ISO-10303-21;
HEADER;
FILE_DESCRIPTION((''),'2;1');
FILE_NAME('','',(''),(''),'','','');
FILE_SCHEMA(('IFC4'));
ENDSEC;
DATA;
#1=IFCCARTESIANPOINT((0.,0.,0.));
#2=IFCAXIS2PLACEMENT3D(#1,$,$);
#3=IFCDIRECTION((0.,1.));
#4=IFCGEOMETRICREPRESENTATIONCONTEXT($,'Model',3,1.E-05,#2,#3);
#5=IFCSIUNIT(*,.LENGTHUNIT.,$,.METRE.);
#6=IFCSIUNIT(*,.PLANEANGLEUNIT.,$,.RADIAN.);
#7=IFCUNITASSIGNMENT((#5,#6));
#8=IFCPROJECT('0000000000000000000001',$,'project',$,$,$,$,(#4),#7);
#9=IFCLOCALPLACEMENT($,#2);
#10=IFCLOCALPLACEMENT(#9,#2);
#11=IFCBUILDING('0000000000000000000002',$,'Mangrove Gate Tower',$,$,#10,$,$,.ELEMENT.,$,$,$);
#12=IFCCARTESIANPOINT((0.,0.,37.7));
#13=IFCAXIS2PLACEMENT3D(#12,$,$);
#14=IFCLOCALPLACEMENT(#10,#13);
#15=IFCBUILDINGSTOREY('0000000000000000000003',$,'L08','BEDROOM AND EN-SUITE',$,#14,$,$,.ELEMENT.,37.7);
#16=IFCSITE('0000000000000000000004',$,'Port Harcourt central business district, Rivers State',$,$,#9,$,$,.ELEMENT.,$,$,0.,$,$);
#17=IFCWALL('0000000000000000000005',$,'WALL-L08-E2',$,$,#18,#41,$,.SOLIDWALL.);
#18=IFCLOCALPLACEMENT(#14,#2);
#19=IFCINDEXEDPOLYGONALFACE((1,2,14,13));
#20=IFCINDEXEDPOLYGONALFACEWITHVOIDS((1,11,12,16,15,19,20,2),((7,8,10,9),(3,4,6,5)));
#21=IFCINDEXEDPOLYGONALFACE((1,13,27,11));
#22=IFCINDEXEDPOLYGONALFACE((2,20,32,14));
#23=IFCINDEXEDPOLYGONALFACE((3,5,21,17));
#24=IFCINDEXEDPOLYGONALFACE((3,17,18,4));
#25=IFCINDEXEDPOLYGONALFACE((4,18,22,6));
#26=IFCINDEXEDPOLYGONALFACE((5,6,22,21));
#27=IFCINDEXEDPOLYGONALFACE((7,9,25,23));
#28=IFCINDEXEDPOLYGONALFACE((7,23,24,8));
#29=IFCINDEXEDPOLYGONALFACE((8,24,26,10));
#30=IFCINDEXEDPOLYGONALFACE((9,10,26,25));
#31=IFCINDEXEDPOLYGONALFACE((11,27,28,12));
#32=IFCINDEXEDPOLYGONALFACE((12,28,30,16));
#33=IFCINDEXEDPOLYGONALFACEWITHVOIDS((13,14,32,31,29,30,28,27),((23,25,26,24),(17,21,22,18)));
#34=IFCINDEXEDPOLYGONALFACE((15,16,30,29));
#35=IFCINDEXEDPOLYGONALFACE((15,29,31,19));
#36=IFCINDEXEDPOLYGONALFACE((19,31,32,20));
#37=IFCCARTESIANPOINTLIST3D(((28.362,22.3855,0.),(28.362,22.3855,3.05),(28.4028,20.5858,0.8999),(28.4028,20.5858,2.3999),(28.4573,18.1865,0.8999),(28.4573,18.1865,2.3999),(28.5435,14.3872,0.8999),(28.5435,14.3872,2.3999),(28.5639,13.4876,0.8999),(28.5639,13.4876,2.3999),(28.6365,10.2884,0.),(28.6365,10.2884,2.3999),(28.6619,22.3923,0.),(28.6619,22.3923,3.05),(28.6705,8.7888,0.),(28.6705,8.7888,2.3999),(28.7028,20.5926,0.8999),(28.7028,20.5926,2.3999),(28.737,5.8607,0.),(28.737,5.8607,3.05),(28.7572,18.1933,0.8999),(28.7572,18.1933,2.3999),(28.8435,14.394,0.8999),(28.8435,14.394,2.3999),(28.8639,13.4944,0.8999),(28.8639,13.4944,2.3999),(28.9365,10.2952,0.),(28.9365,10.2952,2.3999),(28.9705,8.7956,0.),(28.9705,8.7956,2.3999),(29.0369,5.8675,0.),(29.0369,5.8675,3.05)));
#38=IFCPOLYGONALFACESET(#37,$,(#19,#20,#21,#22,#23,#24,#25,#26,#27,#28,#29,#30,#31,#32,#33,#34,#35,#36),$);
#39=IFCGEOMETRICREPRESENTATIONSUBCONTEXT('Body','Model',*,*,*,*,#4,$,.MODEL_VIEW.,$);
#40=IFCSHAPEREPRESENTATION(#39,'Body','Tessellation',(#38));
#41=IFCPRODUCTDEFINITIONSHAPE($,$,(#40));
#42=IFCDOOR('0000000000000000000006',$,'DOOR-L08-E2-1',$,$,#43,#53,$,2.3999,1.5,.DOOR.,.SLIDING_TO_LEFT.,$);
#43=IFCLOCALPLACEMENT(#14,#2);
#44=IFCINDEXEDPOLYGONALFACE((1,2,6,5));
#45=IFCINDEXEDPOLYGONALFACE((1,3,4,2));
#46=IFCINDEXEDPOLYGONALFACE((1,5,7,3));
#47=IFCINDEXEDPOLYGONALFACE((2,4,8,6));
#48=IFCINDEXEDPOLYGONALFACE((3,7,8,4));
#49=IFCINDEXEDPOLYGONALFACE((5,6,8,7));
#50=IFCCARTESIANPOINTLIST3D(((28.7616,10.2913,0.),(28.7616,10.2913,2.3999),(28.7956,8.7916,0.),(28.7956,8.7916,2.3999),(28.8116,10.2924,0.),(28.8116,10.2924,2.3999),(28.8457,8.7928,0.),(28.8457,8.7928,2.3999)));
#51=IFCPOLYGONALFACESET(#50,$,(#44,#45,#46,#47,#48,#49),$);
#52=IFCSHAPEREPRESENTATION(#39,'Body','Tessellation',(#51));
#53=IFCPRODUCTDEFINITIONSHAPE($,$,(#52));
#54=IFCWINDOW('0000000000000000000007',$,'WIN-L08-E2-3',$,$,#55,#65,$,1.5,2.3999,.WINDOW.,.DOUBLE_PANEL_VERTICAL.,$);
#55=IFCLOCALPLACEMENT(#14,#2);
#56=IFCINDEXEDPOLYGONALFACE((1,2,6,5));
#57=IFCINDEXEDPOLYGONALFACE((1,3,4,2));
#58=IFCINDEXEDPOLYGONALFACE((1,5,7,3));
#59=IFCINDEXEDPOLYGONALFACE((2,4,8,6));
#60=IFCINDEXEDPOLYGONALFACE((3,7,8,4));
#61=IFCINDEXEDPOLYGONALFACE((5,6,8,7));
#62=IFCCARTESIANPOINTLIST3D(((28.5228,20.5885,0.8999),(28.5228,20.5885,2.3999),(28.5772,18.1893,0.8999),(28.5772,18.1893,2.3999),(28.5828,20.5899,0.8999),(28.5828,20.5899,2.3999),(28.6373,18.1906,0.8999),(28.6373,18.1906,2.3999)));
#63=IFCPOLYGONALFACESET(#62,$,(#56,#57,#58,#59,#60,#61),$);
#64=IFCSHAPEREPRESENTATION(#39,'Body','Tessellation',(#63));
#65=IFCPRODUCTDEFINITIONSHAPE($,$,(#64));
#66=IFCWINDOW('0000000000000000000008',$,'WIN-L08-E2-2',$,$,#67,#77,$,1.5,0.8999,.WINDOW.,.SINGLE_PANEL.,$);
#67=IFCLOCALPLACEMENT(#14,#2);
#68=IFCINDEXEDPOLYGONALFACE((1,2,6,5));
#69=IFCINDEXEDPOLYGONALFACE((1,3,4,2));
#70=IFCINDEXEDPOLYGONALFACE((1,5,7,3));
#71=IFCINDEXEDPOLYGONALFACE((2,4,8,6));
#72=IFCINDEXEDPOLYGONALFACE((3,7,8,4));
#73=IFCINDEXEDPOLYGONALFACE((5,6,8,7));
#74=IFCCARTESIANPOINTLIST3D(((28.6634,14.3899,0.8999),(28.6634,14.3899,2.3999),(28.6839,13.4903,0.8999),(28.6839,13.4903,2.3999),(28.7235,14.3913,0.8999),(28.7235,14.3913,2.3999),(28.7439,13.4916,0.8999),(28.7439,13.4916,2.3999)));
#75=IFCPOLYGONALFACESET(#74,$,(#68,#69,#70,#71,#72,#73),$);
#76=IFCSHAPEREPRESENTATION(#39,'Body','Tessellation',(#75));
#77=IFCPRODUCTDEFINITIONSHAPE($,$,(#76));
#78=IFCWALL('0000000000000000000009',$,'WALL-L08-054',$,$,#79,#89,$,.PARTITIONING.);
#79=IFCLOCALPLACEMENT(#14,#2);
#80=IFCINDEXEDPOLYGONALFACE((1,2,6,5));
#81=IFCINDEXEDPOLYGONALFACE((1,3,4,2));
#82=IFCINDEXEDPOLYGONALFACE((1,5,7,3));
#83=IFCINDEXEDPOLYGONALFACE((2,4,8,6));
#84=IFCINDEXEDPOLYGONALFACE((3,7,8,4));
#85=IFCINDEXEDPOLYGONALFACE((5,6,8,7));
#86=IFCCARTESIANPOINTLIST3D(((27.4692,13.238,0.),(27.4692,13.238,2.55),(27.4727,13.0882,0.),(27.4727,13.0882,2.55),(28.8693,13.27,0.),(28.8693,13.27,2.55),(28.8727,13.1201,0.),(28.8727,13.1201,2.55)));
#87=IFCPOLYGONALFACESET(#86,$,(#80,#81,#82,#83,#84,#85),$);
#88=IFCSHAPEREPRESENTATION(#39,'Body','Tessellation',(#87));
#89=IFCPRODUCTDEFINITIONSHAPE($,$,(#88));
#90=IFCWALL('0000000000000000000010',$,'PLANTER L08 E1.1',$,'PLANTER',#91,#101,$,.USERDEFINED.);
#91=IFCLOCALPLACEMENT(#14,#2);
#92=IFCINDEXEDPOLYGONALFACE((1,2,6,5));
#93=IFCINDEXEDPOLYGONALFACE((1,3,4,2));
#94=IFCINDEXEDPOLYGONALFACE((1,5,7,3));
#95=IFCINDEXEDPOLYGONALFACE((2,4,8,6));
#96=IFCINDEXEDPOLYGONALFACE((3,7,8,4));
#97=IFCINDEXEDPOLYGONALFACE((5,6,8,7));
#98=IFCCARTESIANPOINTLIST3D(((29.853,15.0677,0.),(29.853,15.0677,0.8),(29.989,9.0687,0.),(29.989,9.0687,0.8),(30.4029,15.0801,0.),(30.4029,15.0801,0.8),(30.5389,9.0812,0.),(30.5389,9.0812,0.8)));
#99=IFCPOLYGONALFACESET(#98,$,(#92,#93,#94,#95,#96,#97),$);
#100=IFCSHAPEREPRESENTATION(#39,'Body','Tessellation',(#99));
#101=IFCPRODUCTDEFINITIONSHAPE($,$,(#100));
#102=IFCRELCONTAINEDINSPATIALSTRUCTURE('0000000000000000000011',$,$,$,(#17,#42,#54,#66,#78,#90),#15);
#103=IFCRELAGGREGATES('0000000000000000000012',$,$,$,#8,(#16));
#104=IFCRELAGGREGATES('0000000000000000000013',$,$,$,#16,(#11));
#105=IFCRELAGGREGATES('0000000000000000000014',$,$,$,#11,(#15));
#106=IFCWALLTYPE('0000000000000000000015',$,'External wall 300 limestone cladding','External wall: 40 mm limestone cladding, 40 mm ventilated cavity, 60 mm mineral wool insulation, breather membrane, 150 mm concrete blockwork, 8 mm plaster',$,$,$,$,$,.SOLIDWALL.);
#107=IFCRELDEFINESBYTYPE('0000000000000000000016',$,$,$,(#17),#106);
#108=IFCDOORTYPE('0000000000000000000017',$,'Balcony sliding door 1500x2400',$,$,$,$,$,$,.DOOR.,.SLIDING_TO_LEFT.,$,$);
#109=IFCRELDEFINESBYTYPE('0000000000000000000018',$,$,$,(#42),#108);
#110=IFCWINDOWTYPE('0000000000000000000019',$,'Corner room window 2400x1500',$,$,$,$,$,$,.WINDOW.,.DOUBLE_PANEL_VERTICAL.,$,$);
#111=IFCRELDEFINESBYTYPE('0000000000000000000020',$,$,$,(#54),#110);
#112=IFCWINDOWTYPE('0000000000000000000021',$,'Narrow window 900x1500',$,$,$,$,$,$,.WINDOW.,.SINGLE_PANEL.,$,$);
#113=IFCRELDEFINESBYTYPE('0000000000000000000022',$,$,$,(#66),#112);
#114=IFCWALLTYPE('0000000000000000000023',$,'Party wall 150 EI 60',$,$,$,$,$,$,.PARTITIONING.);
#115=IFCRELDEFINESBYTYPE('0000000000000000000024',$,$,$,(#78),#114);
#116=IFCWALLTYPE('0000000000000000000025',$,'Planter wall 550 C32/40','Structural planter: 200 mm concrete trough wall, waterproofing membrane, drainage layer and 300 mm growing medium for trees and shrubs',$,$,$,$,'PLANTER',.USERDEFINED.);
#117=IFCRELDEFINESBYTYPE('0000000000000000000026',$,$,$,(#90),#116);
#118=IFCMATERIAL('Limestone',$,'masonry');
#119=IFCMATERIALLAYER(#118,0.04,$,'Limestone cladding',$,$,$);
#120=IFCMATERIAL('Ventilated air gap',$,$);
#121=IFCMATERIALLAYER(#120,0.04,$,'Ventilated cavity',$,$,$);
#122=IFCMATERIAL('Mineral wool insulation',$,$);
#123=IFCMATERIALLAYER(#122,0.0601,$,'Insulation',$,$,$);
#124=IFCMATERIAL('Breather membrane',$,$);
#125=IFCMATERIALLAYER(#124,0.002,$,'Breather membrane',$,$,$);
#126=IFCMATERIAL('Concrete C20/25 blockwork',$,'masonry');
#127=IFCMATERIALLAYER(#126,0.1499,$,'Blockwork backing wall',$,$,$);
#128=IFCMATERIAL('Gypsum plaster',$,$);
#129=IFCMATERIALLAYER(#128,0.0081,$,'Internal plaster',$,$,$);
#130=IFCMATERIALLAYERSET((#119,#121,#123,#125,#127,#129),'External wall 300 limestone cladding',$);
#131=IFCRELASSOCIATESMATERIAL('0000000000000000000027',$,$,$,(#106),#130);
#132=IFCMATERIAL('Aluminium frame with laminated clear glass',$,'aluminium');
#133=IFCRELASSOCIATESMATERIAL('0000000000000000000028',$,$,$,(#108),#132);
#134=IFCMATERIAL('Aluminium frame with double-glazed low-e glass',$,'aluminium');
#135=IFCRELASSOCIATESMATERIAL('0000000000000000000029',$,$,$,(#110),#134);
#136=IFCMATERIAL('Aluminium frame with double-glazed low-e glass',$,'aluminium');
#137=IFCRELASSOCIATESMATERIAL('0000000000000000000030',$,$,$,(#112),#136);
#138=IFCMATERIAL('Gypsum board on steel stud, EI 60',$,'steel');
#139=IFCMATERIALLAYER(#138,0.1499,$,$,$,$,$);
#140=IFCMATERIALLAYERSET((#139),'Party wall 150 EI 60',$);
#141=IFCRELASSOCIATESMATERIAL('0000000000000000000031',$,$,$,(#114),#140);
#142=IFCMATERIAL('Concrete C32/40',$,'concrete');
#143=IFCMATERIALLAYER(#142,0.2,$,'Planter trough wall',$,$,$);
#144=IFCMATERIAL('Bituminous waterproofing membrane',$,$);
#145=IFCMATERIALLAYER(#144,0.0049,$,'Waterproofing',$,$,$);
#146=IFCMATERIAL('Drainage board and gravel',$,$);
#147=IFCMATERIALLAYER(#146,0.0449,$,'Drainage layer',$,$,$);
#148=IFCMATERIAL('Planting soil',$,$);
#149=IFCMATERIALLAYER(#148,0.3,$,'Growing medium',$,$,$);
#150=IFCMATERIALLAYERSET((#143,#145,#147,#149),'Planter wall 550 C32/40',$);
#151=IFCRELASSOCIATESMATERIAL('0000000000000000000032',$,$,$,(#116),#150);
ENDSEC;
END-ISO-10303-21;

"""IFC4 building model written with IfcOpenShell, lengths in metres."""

from ifc_helpers import new_model, si_unit, direction, frame, frame_2d, origin, place, context, subcontext, project, spatial, rectangle, extrude, material, layer, layer_set, type_object, element, fill, save


model = new_model("IFC4")

# Units and contexts
model_context = context("Model", 3, precision=1e-05, world=origin(), true_north=direction((0.0, 1.0)))
body_context = subcontext(model_context, "Body", "Model", "MODEL_VIEW")
ifc_project = project(units=[si_unit("LENGTHUNIT", "METRE"), si_unit("PLANEANGLEUNIT", "RADIAN")], contexts=[model_context])

# Site, building, storey
site_placement = place(None, origin())
site = spatial("IfcSite", under=ifc_project, at=site_placement, Name="Port Harcourt central business district, Rivers State", CompositionType="ELEMENT", RefElevation=0.0)
building_placement = place(site_placement, origin())
building = spatial("IfcBuilding", under=site, at=building_placement, Name="Mangrove Gate Tower", CompositionType="ELEMENT")
storey_placement = place(building_placement, frame((0.0, 0.0, 37.7)))
storey = spatial("IfcBuildingStorey", under=building, at=storey_placement, Name="L08", Description="BEDROOM AND EN-SUITE", CompositionType="ELEMENT", Elevation=37.7)

# Wall, openings, door, windows
ifc_material_1 = material(Name="Limestone", Category="masonry")
ifc_layer_1 = layer(ifc_material_1, 0.04, Name="Limestone cladding")
ifc_material_2 = material(Name="Ventilated air gap")
ifc_layer_2 = layer(ifc_material_2, 0.04, Name="Ventilated cavity")
ifc_material_3 = material(Name="Mineral wool insulation")
ifc_layer_3 = layer(ifc_material_3, 0.0601, Name="Insulation")
ifc_material_4 = material(Name="Breather membrane")
ifc_layer_4 = layer(ifc_material_4, 0.002, Name="Breather membrane")
ifc_material_5 = material(Name="Concrete C20/25 blockwork", Category="masonry")
ifc_layer_5 = layer(ifc_material_5, 0.1499, Name="Blockwork backing wall")
ifc_material_6 = material(Name="Gypsum plaster")
ifc_layer_6 = layer(ifc_material_6, 0.0081, Name="Internal plaster")
ifc_layer_set_1 = layer_set([ifc_layer_1, ifc_layer_2, ifc_layer_3, ifc_layer_4, ifc_layer_5, ifc_layer_6], Name="External wall 300 limestone cladding")
wall_type_1 = type_object("IfcWallType", Name="External wall 300 limestone cladding", Description="External wall: 40 mm limestone cladding, 40 mm ventilated cavity, 60 mm mineral wool insulation, breather membrane, 150 mm concrete blockwork, 8 mm plaster", PredefinedType="SOLIDWALL", material=ifc_layer_set_1)
wall_1_placement = place(storey_placement, frame((28.887, 5.864, 0.0), z_axis=(0.0, 0.0, 1.0), x_axis=(-0.022687, 0.999743, 0.0)))
wall_1 = element("IfcWall", 1, at=wall_1_placement, inside=storey, type_object=wall_type_1, Name="WALL-L08-E2", PredefinedType="SOLIDWALL", context=body_context, shape_type="SweptSolid", body=[
    extrude(rectangle(XDim=16.5291, YDim=0.3, at=frame_2d((8.2646, 0.0))), origin(), (0.0, 0.0, 1.0), 3.05),
])
opening_1_placement = place(wall_1_placement, frame((2.929, 0.0, 0.0)))
opening_1 = element("IfcOpeningElement", 2, at=opening_1_placement, cuts=wall_1, PredefinedType="OPENING", context=body_context, shape_type="SweptSolid", body=[
    extrude(rectangle(XDim=1.5, YDim=2.3999, at=frame_2d((0.75, 1.2))), frame((0.0, 0.1599, 0.0), z_axis=(0.0, -1.0, 0.0), x_axis=(1.0, 0.0, 0.0)), (0.0, 0.0, 1.0), 0.3201),
])
opening_2_placement = place(wall_1_placement, frame((7.6289, 0.0, 0.8999)))
opening_2 = element("IfcOpeningElement", 3, at=opening_2_placement, cuts=wall_1, PredefinedType="OPENING", context=body_context, shape_type="SweptSolid", body=[
    extrude(rectangle(XDim=0.8999, YDim=1.5, at=frame_2d((0.45, 0.75))), frame((0.0, 0.1599, 0.0), z_axis=(0.0, -1.0, 0.0), x_axis=(1.0, 0.0, 0.0)), (0.0, 0.0, 1.0), 0.3201),
])
opening_3_placement = place(wall_1_placement, frame((12.3291, 0.0, 0.8999)))
opening_3 = element("IfcOpeningElement", 4, at=opening_3_placement, cuts=wall_1, PredefinedType="OPENING", context=body_context, shape_type="SweptSolid", body=[
    extrude(rectangle(XDim=2.3999, YDim=1.5, at=frame_2d((1.2, 0.75))), frame((0.0, 0.1599, 0.0), z_axis=(0.0, -1.0, 0.0), x_axis=(1.0, 0.0, 0.0)), (0.0, 0.0, 1.0), 0.3201),
])
ifc_material_7 = material(Name="Aluminium frame with laminated clear glass", Category="aluminium")
door_type = type_object("IfcDoorType", Name="Balcony sliding door 1500x2400", OperationType="SLIDING_TO_LEFT", PredefinedType="DOOR", material=ifc_material_7)
door_placement = place(opening_1_placement, origin())
door = element("IfcDoor", 5, at=door_placement, inside=storey, type_object=door_type, Name="DOOR-L08-E2-1", OperationType="SLIDING_TO_LEFT", OverallHeight=2.3999, OverallWidth=1.5, PredefinedType="DOOR", context=body_context, shape_type="SweptSolid", body=[
    extrude(rectangle(XDim=1.5, YDim=2.3999, at=frame_2d((0.75, 1.2))), frame((0.0, 0.0249, 0.0), z_axis=(0.0, -1.0, 0.0), x_axis=(1.0, 0.0, 0.0)), (0.0, 0.0, 1.0), 0.05),
])
fill(opening_1, door)
ifc_material_8 = material(Name="Aluminium frame with double-glazed low-e glass", Category="aluminium")
window_type_1 = type_object("IfcWindowType", Name="Corner room window 2400x1500", PartitioningType="DOUBLE_PANEL_VERTICAL", PredefinedType="WINDOW", material=ifc_material_8)
window_1_placement = place(opening_3_placement, origin())
window_1 = element("IfcWindow", 6, at=window_1_placement, inside=storey, type_object=window_type_1, Name="WIN-L08-E2-3", OverallHeight=1.5, OverallWidth=2.3999, PartitioningType="DOUBLE_PANEL_VERTICAL", PredefinedType="WINDOW", context=body_context, shape_type="SweptSolid", body=[
    extrude(rectangle(XDim=2.3999, YDim=1.5, at=frame_2d((1.2, 0.75))), frame((0.0, 0.03, 0.0), z_axis=(0.0, -1.0, 0.0), x_axis=(1.0, 0.0, 0.0)), (0.0, 0.0, 1.0), 0.0601),
])
fill(opening_3, window_1)
ifc_material_9 = material(Name="Aluminium frame with double-glazed low-e glass", Category="aluminium")
window_type_2 = type_object("IfcWindowType", Name="Narrow window 900x1500", PartitioningType="SINGLE_PANEL", PredefinedType="WINDOW", material=ifc_material_9)
window_2_placement = place(opening_2_placement, origin())
window_2 = element("IfcWindow", 7, at=window_2_placement, inside=storey, type_object=window_type_2, Name="WIN-L08-E2-2", OverallHeight=1.5, OverallWidth=0.8999, PartitioningType="SINGLE_PANEL", PredefinedType="WINDOW", context=body_context, shape_type="SweptSolid", body=[
    extrude(rectangle(XDim=0.8999, YDim=1.5, at=frame_2d((0.45, 0.75))), frame((0.0, 0.03, 0.0), z_axis=(0.0, -1.0, 0.0), x_axis=(1.0, 0.0, 0.0)), (0.0, 0.0, 1.0), 0.0601),
])
fill(opening_2, window_2)

# Walls
ifc_material_10 = material(Name="Gypsum board on steel stud, EI 60", Category="steel")
ifc_layer_7 = layer(ifc_material_10, 0.1499)
ifc_layer_set_2 = layer_set([ifc_layer_7], Name="Party wall 150 EI 60")
wall_type_2 = type_object("IfcWallType", Name="Party wall 150 EI 60", PredefinedType="PARTITIONING", material=ifc_layer_set_2)
wall_2_placement = place(storey_placement, frame((27.4709, 13.1631, 0.0), z_axis=(0.0, 0.0, 1.0), x_axis=(0.999739, 0.022836, 0.0)))
element("IfcWall", 8, at=wall_2_placement, inside=storey, type_object=wall_type_2, Name="WALL-L08-054", PredefinedType="PARTITIONING", context=body_context, shape_type="SweptSolid", body=[
    extrude(rectangle(XDim=1.4004, YDim=0.1499, at=frame_2d((0.7002, 0.0))), origin(), (0.0, 0.0, 1.0), 2.55),
])
ifc_material_11 = material(Name="Concrete C32/40", Category="concrete")
ifc_layer_8 = layer(ifc_material_11, 0.2, Name="Planter trough wall")
ifc_material_12 = material(Name="Bituminous waterproofing membrane")
ifc_layer_9 = layer(ifc_material_12, 0.0049, Name="Waterproofing")
ifc_material_13 = material(Name="Drainage board and gravel")
ifc_layer_10 = layer(ifc_material_13, 0.0449, Name="Drainage layer")
ifc_material_14 = material(Name="Planting soil")
ifc_layer_11 = layer(ifc_material_14, 0.3, Name="Growing medium")
ifc_layer_set_3 = layer_set([ifc_layer_8, ifc_layer_9, ifc_layer_10, ifc_layer_11], Name="Planter wall 550 C32/40")
wall_type_3 = type_object("IfcWallType", Name="Planter wall 550 C32/40", Description="Structural planter: 200 mm concrete trough wall, waterproofing membrane, drainage layer and 300 mm growing medium for trees and shrubs", ElementType="PLANTER", PredefinedType="USERDEFINED", material=ifc_layer_set_3)
wall_3_placement = place(storey_placement, frame((30.2639, 9.075, 0.0), z_axis=(0.0, 0.0, 1.0), x_axis=(-0.022662, 0.999743, 0.0)))
element("IfcWall", 9, at=wall_3_placement, inside=storey, type_object=wall_type_3, Name="PLANTER L08 E1.1", ObjectType="PLANTER", PredefinedType="USERDEFINED", context=body_context, shape_type="SweptSolid", body=[
    extrude(rectangle(XDim=6.0005, YDim=0.55, at=frame_2d((3.0002, 0.0))), origin(), (0.0, 0.0, 1.0), 0.8),
])

save(model, "model.ifc")
